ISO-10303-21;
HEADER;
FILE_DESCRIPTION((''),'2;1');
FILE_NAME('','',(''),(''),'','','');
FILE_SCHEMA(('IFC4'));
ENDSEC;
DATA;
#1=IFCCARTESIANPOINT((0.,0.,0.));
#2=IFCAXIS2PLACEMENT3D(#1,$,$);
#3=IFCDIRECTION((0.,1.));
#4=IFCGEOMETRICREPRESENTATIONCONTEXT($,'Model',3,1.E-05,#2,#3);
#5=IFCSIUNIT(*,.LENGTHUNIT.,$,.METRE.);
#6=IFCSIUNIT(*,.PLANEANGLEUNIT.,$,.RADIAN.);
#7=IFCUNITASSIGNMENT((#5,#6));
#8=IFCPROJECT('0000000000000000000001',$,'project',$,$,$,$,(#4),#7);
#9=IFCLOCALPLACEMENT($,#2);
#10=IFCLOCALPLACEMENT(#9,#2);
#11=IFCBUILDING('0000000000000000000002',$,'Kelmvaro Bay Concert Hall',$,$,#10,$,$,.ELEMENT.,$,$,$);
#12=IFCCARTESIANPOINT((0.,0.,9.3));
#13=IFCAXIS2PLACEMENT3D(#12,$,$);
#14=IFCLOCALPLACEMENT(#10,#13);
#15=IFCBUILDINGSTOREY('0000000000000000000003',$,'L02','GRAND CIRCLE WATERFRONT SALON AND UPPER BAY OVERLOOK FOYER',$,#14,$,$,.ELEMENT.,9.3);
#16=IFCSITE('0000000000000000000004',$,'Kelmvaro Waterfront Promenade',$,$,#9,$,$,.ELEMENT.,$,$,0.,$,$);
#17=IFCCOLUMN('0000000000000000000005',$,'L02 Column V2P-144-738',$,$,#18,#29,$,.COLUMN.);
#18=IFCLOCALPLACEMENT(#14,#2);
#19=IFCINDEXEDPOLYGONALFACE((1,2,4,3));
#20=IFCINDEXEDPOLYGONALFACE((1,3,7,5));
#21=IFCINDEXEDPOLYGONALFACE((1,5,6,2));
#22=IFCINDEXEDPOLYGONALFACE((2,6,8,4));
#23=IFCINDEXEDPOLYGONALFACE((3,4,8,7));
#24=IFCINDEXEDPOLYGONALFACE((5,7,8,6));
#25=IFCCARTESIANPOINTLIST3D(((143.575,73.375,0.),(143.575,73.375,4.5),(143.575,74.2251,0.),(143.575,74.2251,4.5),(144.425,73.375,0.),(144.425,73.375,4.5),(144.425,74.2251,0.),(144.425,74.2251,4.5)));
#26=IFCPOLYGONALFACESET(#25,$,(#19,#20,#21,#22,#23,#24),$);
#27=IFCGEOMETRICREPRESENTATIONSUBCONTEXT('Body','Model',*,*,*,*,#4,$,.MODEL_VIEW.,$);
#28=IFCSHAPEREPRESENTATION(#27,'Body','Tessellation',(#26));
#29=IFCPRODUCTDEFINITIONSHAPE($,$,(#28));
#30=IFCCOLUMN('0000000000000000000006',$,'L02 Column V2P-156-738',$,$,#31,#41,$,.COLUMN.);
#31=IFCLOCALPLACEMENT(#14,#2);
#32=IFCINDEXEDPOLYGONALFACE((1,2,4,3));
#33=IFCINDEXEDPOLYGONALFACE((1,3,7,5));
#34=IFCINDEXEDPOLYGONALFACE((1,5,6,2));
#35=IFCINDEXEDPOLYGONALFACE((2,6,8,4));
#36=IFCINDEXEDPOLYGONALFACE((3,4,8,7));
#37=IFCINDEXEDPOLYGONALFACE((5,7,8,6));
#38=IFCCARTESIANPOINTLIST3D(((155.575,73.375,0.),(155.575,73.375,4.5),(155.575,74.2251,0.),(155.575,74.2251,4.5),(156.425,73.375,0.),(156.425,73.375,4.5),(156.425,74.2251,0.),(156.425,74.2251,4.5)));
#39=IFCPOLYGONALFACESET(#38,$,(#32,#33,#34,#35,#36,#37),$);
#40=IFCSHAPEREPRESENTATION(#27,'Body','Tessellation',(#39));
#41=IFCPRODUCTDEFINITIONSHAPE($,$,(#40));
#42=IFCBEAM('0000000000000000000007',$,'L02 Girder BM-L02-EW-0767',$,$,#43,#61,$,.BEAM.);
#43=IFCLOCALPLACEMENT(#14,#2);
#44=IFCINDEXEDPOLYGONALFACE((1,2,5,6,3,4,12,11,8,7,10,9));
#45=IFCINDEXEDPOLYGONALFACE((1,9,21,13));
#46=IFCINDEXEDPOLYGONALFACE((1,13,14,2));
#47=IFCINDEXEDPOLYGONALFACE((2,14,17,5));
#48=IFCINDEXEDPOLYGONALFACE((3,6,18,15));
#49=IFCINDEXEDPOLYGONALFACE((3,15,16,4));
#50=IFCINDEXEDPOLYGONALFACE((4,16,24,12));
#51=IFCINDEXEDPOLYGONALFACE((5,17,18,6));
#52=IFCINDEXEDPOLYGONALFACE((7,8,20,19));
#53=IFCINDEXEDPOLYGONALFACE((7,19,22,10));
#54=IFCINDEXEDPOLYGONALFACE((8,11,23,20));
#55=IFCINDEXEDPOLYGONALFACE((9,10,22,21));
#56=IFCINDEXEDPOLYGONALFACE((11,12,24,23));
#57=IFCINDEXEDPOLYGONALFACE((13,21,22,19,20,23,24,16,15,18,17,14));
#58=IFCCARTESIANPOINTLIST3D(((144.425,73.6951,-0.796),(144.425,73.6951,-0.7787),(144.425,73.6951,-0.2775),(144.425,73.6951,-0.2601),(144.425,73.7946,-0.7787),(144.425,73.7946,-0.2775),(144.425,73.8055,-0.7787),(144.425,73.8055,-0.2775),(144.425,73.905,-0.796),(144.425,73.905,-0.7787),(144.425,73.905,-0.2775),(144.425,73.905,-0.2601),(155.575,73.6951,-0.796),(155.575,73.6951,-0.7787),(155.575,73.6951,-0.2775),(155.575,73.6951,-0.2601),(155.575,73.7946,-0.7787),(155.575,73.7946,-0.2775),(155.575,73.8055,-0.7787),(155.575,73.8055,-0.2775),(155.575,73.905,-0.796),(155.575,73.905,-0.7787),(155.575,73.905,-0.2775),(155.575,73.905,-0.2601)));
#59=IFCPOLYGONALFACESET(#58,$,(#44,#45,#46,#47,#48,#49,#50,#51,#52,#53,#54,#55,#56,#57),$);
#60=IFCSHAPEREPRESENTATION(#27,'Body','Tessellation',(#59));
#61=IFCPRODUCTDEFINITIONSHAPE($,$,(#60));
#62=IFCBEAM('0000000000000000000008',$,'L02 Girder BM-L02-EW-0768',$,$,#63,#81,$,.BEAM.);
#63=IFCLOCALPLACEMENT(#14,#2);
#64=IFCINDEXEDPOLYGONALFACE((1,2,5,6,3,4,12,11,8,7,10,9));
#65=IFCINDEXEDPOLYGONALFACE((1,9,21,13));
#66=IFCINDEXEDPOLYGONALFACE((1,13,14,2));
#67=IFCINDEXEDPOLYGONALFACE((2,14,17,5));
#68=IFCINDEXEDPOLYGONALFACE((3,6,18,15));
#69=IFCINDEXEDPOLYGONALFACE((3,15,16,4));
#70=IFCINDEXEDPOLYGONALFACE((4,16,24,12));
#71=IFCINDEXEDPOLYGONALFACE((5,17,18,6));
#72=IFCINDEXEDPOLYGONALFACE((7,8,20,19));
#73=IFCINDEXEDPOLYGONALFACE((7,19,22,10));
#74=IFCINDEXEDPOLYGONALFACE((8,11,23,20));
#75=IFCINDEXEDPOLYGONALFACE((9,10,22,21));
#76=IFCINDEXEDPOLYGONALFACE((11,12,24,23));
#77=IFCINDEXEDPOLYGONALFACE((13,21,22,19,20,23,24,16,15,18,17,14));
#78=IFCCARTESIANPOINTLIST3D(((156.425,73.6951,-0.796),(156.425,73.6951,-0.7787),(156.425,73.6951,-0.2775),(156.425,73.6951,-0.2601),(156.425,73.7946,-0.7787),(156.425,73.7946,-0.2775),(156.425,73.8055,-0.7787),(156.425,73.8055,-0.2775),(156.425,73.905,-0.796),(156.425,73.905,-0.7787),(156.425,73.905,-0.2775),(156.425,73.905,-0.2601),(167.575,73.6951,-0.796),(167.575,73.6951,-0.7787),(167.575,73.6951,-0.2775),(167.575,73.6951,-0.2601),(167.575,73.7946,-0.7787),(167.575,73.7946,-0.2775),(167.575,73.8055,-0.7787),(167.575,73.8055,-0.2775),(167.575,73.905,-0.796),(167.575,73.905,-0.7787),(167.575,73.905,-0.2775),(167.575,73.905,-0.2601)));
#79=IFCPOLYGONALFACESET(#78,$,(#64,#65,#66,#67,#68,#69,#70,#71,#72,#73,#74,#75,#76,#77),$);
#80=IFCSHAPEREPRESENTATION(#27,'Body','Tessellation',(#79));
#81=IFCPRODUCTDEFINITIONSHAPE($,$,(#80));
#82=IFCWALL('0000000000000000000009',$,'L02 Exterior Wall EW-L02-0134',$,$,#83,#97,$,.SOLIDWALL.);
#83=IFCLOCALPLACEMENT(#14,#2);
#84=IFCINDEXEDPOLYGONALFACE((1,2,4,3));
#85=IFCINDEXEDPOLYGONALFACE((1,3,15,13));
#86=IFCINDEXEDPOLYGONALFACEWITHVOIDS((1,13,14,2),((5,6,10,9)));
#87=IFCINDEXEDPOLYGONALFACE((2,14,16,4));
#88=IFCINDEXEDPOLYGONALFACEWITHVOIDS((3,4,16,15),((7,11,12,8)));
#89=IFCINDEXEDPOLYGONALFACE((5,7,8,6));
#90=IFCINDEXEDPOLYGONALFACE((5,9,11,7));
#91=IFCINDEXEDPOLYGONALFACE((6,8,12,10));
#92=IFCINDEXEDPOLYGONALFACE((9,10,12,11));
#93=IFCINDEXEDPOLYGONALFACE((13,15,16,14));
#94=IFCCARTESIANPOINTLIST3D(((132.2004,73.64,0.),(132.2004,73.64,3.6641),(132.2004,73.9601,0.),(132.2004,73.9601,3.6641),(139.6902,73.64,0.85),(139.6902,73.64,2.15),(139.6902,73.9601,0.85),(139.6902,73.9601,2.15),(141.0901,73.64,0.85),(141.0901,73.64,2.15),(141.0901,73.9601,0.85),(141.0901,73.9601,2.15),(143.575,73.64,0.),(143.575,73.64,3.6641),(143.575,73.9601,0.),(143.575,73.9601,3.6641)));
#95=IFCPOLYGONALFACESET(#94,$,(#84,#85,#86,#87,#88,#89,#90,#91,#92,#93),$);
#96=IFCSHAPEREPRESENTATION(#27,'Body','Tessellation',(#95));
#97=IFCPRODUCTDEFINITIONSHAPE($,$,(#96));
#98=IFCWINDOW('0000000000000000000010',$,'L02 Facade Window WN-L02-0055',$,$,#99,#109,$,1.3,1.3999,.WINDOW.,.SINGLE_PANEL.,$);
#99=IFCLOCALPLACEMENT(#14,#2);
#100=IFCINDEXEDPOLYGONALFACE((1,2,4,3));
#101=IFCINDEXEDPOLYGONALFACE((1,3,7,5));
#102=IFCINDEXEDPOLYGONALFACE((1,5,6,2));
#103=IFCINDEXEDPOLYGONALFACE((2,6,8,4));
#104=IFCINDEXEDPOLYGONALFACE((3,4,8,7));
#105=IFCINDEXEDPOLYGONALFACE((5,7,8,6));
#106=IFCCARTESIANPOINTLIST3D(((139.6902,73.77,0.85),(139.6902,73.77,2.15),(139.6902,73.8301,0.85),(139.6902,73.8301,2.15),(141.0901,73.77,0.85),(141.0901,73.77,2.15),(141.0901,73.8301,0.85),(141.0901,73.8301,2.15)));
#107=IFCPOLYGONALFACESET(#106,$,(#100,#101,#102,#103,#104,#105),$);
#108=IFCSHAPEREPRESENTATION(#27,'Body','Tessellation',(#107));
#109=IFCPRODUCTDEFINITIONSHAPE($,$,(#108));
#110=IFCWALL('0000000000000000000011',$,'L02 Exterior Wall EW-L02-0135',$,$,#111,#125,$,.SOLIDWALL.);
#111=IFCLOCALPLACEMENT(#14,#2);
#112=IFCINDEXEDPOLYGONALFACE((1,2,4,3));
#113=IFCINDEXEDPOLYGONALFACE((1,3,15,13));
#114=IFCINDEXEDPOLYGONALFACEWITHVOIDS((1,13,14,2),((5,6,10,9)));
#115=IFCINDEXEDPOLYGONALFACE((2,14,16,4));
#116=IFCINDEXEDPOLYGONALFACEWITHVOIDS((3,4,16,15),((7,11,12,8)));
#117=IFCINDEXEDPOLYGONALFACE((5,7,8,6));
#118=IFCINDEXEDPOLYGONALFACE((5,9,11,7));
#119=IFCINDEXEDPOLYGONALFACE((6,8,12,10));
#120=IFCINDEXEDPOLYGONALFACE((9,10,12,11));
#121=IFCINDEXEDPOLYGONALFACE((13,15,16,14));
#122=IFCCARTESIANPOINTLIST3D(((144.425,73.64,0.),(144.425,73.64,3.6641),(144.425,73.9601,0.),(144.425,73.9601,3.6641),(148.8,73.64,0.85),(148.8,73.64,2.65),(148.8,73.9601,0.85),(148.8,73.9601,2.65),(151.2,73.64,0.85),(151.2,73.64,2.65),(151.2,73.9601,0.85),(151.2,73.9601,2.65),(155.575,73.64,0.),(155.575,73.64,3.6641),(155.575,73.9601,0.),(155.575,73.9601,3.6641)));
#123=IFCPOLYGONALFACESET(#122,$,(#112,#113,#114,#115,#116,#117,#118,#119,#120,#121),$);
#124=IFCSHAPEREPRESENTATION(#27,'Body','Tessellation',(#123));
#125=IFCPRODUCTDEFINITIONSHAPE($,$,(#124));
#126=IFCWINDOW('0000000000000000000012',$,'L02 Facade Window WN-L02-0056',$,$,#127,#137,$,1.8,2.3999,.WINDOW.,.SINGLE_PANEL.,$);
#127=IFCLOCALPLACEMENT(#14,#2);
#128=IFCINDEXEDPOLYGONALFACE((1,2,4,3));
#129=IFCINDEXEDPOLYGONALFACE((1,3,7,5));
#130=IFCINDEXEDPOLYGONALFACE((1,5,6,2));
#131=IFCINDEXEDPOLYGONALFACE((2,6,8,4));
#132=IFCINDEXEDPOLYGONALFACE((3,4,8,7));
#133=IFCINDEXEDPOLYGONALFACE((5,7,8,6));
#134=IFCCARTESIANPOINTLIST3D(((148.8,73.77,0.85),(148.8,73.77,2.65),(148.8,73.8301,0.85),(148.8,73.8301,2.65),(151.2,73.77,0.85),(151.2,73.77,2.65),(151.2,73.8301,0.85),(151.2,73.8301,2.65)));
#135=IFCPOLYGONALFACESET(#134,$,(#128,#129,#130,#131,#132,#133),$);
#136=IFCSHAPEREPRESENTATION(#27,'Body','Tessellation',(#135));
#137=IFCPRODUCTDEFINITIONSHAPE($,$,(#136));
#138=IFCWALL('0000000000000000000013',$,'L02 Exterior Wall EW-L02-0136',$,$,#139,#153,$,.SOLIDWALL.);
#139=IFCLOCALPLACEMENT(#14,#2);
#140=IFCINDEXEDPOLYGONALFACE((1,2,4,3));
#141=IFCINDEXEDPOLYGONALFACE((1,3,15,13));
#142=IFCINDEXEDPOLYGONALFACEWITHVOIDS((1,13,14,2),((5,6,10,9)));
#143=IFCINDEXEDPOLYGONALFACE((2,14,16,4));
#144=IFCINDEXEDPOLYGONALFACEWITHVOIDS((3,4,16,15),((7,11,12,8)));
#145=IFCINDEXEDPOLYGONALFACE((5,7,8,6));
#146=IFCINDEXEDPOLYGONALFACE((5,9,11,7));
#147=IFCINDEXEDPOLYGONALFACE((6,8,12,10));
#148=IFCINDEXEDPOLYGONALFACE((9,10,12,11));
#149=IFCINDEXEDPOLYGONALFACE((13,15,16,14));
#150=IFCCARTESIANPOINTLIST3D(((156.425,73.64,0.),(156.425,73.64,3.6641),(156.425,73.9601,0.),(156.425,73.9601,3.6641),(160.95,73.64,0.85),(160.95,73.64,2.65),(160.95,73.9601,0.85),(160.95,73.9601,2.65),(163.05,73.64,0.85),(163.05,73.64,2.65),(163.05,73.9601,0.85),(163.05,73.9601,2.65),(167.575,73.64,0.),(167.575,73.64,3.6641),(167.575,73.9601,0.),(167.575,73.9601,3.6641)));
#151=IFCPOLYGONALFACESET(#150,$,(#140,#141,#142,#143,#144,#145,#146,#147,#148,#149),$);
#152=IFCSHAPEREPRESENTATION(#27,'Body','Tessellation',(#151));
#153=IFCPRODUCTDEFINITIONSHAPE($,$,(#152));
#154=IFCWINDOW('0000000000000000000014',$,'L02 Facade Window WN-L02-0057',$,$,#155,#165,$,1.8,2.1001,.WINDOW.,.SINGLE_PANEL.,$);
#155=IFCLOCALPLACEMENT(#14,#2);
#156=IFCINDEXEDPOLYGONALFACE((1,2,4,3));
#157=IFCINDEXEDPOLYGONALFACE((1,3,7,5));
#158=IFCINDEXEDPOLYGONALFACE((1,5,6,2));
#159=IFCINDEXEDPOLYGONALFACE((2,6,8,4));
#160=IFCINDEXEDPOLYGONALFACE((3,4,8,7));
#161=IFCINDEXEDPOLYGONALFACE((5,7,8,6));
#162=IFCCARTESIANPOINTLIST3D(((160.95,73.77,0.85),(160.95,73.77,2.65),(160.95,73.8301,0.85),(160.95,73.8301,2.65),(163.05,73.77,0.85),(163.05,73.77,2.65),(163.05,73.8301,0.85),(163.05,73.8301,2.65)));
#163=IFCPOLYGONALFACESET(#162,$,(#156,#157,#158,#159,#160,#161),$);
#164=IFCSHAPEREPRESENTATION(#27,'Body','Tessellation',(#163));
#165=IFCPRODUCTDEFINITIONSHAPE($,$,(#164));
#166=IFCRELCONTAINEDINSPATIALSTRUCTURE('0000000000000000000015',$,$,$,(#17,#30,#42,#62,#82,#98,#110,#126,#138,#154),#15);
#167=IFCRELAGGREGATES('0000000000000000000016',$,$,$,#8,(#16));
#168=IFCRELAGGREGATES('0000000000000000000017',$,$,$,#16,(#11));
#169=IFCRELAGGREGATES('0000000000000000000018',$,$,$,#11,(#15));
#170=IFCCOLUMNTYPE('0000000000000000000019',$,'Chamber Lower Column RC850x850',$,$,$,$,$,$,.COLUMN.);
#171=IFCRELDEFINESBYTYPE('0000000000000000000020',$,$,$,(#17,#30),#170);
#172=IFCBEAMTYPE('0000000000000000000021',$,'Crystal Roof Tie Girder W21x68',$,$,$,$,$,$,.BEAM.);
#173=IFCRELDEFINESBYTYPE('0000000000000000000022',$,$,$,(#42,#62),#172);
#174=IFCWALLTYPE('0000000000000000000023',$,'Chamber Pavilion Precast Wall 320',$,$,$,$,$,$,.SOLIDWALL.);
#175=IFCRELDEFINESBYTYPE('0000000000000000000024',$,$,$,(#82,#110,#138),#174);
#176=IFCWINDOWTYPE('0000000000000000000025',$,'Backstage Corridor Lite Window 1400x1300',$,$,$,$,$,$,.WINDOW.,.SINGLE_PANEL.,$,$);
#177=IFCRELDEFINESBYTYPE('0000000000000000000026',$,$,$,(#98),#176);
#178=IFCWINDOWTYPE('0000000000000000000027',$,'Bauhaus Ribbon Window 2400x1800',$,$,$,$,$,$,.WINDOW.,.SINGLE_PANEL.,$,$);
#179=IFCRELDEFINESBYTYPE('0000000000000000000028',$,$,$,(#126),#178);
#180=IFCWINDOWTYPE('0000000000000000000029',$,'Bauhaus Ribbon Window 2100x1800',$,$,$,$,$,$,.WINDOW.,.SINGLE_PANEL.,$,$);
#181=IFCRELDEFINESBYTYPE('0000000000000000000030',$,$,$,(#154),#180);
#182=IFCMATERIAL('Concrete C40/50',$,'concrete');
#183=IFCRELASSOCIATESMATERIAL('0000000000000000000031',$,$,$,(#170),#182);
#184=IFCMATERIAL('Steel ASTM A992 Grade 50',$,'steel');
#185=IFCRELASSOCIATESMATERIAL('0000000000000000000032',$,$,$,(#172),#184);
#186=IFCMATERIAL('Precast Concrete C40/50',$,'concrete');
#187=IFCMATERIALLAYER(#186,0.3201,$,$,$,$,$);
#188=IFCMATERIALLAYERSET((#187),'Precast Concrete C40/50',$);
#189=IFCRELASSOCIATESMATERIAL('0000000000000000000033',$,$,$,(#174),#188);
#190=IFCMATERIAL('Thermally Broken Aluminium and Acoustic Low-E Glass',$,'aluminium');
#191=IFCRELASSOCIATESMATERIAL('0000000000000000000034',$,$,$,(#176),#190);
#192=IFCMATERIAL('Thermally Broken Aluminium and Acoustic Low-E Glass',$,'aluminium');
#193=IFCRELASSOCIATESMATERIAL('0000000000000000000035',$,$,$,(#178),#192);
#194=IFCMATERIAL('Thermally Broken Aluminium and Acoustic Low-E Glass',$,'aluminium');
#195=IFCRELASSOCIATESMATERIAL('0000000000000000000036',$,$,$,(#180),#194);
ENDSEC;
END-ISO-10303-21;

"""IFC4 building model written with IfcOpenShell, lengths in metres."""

from ifc_helpers import new_model, si_unit, direction, frame, frame_2d, origin, origin_2d, place, context, subcontext, project, spatial, rectangle, i_section, extrude, material, layer, layer_set, material_profile, profile_set, type_object, element, fill, save


model = new_model("IFC4")

# Units and contexts
model_context = context("Model", 3, precision=1e-05, world=origin(), true_north=direction((0.0, 1.0)))
body_context = subcontext(model_context, "Body", "Model", "MODEL_VIEW")
ifc_project = project(units=[si_unit("LENGTHUNIT", "METRE"), si_unit("PLANEANGLEUNIT", "RADIAN")], contexts=[model_context])

# Site, building, storey
site_placement = place(None, origin())
site = spatial("IfcSite", under=ifc_project, at=site_placement, Name="Kelmvaro Waterfront Promenade", CompositionType="ELEMENT", RefElevation=0.0)
building_placement = place(site_placement, origin())
building = spatial("IfcBuilding", under=site, at=building_placement, Name="Kelmvaro Bay Concert Hall", CompositionType="ELEMENT")
storey_placement = place(building_placement, frame((0.0, 0.0, 9.3)))
storey = spatial("IfcBuildingStorey", under=building, at=storey_placement, Name="L02", Description="GRAND CIRCLE WATERFRONT SALON AND UPPER BAY OVERLOOK FOYER", CompositionType="ELEMENT", Elevation=9.3)

# Columns
ifc_material_1 = material(Name="Concrete C40/50", Category="concrete")
ifc_material_profile_1 = material_profile(ifc_material_1, rectangle(XDim=0.8501, YDim=0.8501, at=origin_2d()), Name="RC-COL-850X850")
ifc_profile_set_1 = profile_set([ifc_material_profile_1], Name="Concrete C40/50")
column_type = type_object("IfcColumnType", Name="Chamber Lower Column RC850x850", PredefinedType="COLUMN", material=ifc_profile_set_1)
for number, where, z_axis, x_axis, name in (
    (1, (144.0, 73.8, 0.0), (0.0, 0.0, 1.0), (1.0, 0.0, 0.0), "L02 Column V2P-144-738"),
    (2, (156.0, 73.8, 0.0), (0.0, 0.0, 1.0), (1.0, 0.0, 0.0), "L02 Column V2P-156-738"),
):
    element("IfcColumn", number, at=place(storey_placement, frame(where, z_axis=z_axis, x_axis=x_axis)), inside=storey, type_object=column_type, Name=name, PredefinedType="COLUMN", context=body_context, shape_type="SweptSolid", body=[
        extrude(rectangle(XDim=0.8501, YDim=0.8501, at=origin_2d()), origin(), (0.0, 0.0, 1.0), 4.5),
    ])

# Beams
ifc_material_2 = material(Name="Steel ASTM A992 Grade 50", Category="steel")
ifc_material_profile_2 = material_profile(ifc_material_2, i_section(OverallWidth=0.21, OverallDepth=0.5359, WebThickness=0.011, FlangeThickness=0.0173, at=origin_2d()), Name="W21X68")
ifc_profile_set_2 = profile_set([ifc_material_profile_2], Name="Steel ASTM A992 Grade 50")
beam_type = type_object("IfcBeamType", Name="Crystal Roof Tie Girder W21x68", PredefinedType="BEAM", material=ifc_profile_set_2)
for number, where, z_axis, x_axis, name in (
    (3, (144.425, 73.8, -0.5281), (1.0, 0.0, 0.0), (0.0, 1.0, 0.0), "L02 Girder BM-L02-EW-0767"),
    (4, (156.425, 73.8, -0.5281), (1.0, 0.0, 0.0), (0.0, 1.0, 0.0), "L02 Girder BM-L02-EW-0768"),
):
    element("IfcBeam", number, at=place(storey_placement, frame(where, z_axis=z_axis, x_axis=x_axis)), inside=storey, type_object=beam_type, Name=name, PredefinedType="BEAM", context=body_context, shape_type="SweptSolid", body=[
        extrude(i_section(OverallWidth=0.21, OverallDepth=0.5359, WebThickness=0.011, FlangeThickness=0.0173, at=origin_2d()), origin(), (0.0, 0.0, 1.0), 11.1499),
    ])

# Walls, openings, windows
ifc_material_3 = material(Name="Precast Concrete C40/50", Category="concrete")
ifc_layer_1 = layer(ifc_material_3, 0.3201)
ifc_layer_set_1 = layer_set([ifc_layer_1], Name="Precast Concrete C40/50")
wall_type = type_object("IfcWallType", Name="Chamber Pavilion Precast Wall 320", PredefinedType="SOLIDWALL", material=ifc_layer_set_1)
wall_1_placement = place(storey_placement, frame((143.575, 73.8, 0.0), z_axis=(0.0, 0.0, 1.0), x_axis=(-1.0, 0.0, 0.0)))
wall_1 = element("IfcWall", 5, at=wall_1_placement, inside=storey, type_object=wall_type, Name="L02 Exterior Wall EW-L02-0134", PredefinedType="SOLIDWALL", context=body_context, shape_type="SweptSolid", body=[
    extrude(rectangle(XDim=11.3745, YDim=0.3201, at=frame_2d((5.6873, 0.0))), origin(), (0.0, 0.0, 1.0), 3.6641),
])
opening_1_placement = place(wall_1_placement, frame((2.4849, 0.0, 0.8501)))
opening_1 = element("IfcOpeningElement", 6, at=opening_1_placement, cuts=wall_1, PredefinedType="OPENING", context=body_context, shape_type="SweptSolid", body=[
    extrude(rectangle(XDim=1.3999, YDim=1.3, at=frame_2d((0.7, 0.6499))), frame((0.0, 0.1699, 0.0), z_axis=(0.0, -1.0, 0.0), x_axis=(1.0, 0.0, 0.0)), (0.0, 0.0, 1.0), 0.3401),
])
ifc_material_4 = material(Name="Thermally Broken Aluminium and Acoustic Low-E Glass", Category="aluminium")
window_type_1 = type_object("IfcWindowType", Name="Backstage Corridor Lite Window 1400x1300", PartitioningType="SINGLE_PANEL", PredefinedType="WINDOW", material=ifc_material_4)
window_1_placement = place(opening_1_placement, origin())
window_1 = element("IfcWindow", 7, at=window_1_placement, inside=storey, type_object=window_type_1, Name="L02 Facade Window WN-L02-0055", OverallHeight=1.3, OverallWidth=1.3999, PartitioningType="SINGLE_PANEL", PredefinedType="WINDOW", context=body_context, shape_type="SweptSolid", body=[
    extrude(rectangle(XDim=1.3999, YDim=1.3, at=frame_2d((0.7, 0.6499))), frame((0.0, 0.03, 0.0), z_axis=(0.0, -1.0, 0.0), x_axis=(1.0, 0.0, 0.0)), (0.0, 0.0, 1.0), 0.0601),
])
fill(opening_1, window_1)
wall_2_placement = place(storey_placement, frame((155.575, 73.8, 0.0), z_axis=(0.0, 0.0, 1.0), x_axis=(-1.0, 0.0, 0.0)))
wall_2 = element("IfcWall", 8, at=wall_2_placement, inside=storey, type_object=wall_type, Name="L02 Exterior Wall EW-L02-0135", PredefinedType="SOLIDWALL", context=body_context, shape_type="SweptSolid", body=[
    extrude(rectangle(XDim=11.1499, YDim=0.3201, at=frame_2d((5.575, 0.0))), origin(), (0.0, 0.0, 1.0), 3.6641),
])
opening_2_placement = place(wall_2_placement, frame((4.375, 0.0, 0.8501)))
opening_2 = element("IfcOpeningElement", 9, at=opening_2_placement, cuts=wall_2, PredefinedType="OPENING", context=body_context, shape_type="SweptSolid", body=[
    extrude(rectangle(XDim=2.3999, YDim=1.8, at=frame_2d((1.2, 0.8999))), frame((0.0, 0.1699, 0.0), z_axis=(0.0, -1.0, 0.0), x_axis=(1.0, 0.0, 0.0)), (0.0, 0.0, 1.0), 0.3401),
])
ifc_material_5 = material(Name="Thermally Broken Aluminium and Acoustic Low-E Glass", Category="aluminium")
window_type_2 = type_object("IfcWindowType", Name="Bauhaus Ribbon Window 2400x1800", PartitioningType="SINGLE_PANEL", PredefinedType="WINDOW", material=ifc_material_5)
window_2_placement = place(opening_2_placement, origin())
window_2 = element("IfcWindow", 10, at=window_2_placement, inside=storey, type_object=window_type_2, Name="L02 Facade Window WN-L02-0056", OverallHeight=1.8, OverallWidth=2.3999, PartitioningType="SINGLE_PANEL", PredefinedType="WINDOW", context=body_context, shape_type="SweptSolid", body=[
    extrude(rectangle(XDim=2.3999, YDim=1.8, at=frame_2d((1.2, 0.8999))), frame((0.0, 0.03, 0.0), z_axis=(0.0, -1.0, 0.0), x_axis=(1.0, 0.0, 0.0)), (0.0, 0.0, 1.0), 0.0601),
])
fill(opening_2, window_2)
wall_3_placement = place(storey_placement, frame((167.575, 73.8, 0.0), z_axis=(0.0, 0.0, 1.0), x_axis=(-1.0, 0.0, 0.0)))
wall_3 = element("IfcWall", 11, at=wall_3_placement, inside=storey, type_object=wall_type, Name="L02 Exterior Wall EW-L02-0136", PredefinedType="SOLIDWALL", context=body_context, shape_type="SweptSolid", body=[
    extrude(rectangle(XDim=11.1499, YDim=0.3201, at=frame_2d((5.575, 0.0))), origin(), (0.0, 0.0, 1.0), 3.6641),
])
opening_3_placement = place(wall_3_placement, frame((4.5249, 0.0, 0.8501)))
opening_3 = element("IfcOpeningElement", 12, at=opening_3_placement, cuts=wall_3, PredefinedType="OPENING", context=body_context, shape_type="SweptSolid", body=[
    extrude(rectangle(XDim=2.1001, YDim=1.8, at=frame_2d((1.05, 0.8999))), frame((0.0, 0.1699, 0.0), z_axis=(0.0, -1.0, 0.0), x_axis=(1.0, 0.0, 0.0)), (0.0, 0.0, 1.0), 0.3401),
])
ifc_material_6 = material(Name="Thermally Broken Aluminium and Acoustic Low-E Glass", Category="aluminium")
window_type_3 = type_object("IfcWindowType", Name="Bauhaus Ribbon Window 2100x1800", PartitioningType="SINGLE_PANEL", PredefinedType="WINDOW", material=ifc_material_6)
window_3_placement = place(opening_3_placement, origin())
window_3 = element("IfcWindow", 13, at=window_3_placement, inside=storey, type_object=window_type_3, Name="L02 Facade Window WN-L02-0057", OverallHeight=1.8, OverallWidth=2.1001, PartitioningType="SINGLE_PANEL", PredefinedType="WINDOW", context=body_context, shape_type="SweptSolid", body=[
    extrude(rectangle(XDim=2.1001, YDim=1.8, at=frame_2d((1.05, 0.8999))), frame((0.0, 0.03, 0.0), z_axis=(0.0, -1.0, 0.0), x_axis=(1.0, 0.0, 0.0)), (0.0, 0.0, 1.0), 0.0601),
])
fill(opening_3, window_3)

save(model, "model.ifc")
